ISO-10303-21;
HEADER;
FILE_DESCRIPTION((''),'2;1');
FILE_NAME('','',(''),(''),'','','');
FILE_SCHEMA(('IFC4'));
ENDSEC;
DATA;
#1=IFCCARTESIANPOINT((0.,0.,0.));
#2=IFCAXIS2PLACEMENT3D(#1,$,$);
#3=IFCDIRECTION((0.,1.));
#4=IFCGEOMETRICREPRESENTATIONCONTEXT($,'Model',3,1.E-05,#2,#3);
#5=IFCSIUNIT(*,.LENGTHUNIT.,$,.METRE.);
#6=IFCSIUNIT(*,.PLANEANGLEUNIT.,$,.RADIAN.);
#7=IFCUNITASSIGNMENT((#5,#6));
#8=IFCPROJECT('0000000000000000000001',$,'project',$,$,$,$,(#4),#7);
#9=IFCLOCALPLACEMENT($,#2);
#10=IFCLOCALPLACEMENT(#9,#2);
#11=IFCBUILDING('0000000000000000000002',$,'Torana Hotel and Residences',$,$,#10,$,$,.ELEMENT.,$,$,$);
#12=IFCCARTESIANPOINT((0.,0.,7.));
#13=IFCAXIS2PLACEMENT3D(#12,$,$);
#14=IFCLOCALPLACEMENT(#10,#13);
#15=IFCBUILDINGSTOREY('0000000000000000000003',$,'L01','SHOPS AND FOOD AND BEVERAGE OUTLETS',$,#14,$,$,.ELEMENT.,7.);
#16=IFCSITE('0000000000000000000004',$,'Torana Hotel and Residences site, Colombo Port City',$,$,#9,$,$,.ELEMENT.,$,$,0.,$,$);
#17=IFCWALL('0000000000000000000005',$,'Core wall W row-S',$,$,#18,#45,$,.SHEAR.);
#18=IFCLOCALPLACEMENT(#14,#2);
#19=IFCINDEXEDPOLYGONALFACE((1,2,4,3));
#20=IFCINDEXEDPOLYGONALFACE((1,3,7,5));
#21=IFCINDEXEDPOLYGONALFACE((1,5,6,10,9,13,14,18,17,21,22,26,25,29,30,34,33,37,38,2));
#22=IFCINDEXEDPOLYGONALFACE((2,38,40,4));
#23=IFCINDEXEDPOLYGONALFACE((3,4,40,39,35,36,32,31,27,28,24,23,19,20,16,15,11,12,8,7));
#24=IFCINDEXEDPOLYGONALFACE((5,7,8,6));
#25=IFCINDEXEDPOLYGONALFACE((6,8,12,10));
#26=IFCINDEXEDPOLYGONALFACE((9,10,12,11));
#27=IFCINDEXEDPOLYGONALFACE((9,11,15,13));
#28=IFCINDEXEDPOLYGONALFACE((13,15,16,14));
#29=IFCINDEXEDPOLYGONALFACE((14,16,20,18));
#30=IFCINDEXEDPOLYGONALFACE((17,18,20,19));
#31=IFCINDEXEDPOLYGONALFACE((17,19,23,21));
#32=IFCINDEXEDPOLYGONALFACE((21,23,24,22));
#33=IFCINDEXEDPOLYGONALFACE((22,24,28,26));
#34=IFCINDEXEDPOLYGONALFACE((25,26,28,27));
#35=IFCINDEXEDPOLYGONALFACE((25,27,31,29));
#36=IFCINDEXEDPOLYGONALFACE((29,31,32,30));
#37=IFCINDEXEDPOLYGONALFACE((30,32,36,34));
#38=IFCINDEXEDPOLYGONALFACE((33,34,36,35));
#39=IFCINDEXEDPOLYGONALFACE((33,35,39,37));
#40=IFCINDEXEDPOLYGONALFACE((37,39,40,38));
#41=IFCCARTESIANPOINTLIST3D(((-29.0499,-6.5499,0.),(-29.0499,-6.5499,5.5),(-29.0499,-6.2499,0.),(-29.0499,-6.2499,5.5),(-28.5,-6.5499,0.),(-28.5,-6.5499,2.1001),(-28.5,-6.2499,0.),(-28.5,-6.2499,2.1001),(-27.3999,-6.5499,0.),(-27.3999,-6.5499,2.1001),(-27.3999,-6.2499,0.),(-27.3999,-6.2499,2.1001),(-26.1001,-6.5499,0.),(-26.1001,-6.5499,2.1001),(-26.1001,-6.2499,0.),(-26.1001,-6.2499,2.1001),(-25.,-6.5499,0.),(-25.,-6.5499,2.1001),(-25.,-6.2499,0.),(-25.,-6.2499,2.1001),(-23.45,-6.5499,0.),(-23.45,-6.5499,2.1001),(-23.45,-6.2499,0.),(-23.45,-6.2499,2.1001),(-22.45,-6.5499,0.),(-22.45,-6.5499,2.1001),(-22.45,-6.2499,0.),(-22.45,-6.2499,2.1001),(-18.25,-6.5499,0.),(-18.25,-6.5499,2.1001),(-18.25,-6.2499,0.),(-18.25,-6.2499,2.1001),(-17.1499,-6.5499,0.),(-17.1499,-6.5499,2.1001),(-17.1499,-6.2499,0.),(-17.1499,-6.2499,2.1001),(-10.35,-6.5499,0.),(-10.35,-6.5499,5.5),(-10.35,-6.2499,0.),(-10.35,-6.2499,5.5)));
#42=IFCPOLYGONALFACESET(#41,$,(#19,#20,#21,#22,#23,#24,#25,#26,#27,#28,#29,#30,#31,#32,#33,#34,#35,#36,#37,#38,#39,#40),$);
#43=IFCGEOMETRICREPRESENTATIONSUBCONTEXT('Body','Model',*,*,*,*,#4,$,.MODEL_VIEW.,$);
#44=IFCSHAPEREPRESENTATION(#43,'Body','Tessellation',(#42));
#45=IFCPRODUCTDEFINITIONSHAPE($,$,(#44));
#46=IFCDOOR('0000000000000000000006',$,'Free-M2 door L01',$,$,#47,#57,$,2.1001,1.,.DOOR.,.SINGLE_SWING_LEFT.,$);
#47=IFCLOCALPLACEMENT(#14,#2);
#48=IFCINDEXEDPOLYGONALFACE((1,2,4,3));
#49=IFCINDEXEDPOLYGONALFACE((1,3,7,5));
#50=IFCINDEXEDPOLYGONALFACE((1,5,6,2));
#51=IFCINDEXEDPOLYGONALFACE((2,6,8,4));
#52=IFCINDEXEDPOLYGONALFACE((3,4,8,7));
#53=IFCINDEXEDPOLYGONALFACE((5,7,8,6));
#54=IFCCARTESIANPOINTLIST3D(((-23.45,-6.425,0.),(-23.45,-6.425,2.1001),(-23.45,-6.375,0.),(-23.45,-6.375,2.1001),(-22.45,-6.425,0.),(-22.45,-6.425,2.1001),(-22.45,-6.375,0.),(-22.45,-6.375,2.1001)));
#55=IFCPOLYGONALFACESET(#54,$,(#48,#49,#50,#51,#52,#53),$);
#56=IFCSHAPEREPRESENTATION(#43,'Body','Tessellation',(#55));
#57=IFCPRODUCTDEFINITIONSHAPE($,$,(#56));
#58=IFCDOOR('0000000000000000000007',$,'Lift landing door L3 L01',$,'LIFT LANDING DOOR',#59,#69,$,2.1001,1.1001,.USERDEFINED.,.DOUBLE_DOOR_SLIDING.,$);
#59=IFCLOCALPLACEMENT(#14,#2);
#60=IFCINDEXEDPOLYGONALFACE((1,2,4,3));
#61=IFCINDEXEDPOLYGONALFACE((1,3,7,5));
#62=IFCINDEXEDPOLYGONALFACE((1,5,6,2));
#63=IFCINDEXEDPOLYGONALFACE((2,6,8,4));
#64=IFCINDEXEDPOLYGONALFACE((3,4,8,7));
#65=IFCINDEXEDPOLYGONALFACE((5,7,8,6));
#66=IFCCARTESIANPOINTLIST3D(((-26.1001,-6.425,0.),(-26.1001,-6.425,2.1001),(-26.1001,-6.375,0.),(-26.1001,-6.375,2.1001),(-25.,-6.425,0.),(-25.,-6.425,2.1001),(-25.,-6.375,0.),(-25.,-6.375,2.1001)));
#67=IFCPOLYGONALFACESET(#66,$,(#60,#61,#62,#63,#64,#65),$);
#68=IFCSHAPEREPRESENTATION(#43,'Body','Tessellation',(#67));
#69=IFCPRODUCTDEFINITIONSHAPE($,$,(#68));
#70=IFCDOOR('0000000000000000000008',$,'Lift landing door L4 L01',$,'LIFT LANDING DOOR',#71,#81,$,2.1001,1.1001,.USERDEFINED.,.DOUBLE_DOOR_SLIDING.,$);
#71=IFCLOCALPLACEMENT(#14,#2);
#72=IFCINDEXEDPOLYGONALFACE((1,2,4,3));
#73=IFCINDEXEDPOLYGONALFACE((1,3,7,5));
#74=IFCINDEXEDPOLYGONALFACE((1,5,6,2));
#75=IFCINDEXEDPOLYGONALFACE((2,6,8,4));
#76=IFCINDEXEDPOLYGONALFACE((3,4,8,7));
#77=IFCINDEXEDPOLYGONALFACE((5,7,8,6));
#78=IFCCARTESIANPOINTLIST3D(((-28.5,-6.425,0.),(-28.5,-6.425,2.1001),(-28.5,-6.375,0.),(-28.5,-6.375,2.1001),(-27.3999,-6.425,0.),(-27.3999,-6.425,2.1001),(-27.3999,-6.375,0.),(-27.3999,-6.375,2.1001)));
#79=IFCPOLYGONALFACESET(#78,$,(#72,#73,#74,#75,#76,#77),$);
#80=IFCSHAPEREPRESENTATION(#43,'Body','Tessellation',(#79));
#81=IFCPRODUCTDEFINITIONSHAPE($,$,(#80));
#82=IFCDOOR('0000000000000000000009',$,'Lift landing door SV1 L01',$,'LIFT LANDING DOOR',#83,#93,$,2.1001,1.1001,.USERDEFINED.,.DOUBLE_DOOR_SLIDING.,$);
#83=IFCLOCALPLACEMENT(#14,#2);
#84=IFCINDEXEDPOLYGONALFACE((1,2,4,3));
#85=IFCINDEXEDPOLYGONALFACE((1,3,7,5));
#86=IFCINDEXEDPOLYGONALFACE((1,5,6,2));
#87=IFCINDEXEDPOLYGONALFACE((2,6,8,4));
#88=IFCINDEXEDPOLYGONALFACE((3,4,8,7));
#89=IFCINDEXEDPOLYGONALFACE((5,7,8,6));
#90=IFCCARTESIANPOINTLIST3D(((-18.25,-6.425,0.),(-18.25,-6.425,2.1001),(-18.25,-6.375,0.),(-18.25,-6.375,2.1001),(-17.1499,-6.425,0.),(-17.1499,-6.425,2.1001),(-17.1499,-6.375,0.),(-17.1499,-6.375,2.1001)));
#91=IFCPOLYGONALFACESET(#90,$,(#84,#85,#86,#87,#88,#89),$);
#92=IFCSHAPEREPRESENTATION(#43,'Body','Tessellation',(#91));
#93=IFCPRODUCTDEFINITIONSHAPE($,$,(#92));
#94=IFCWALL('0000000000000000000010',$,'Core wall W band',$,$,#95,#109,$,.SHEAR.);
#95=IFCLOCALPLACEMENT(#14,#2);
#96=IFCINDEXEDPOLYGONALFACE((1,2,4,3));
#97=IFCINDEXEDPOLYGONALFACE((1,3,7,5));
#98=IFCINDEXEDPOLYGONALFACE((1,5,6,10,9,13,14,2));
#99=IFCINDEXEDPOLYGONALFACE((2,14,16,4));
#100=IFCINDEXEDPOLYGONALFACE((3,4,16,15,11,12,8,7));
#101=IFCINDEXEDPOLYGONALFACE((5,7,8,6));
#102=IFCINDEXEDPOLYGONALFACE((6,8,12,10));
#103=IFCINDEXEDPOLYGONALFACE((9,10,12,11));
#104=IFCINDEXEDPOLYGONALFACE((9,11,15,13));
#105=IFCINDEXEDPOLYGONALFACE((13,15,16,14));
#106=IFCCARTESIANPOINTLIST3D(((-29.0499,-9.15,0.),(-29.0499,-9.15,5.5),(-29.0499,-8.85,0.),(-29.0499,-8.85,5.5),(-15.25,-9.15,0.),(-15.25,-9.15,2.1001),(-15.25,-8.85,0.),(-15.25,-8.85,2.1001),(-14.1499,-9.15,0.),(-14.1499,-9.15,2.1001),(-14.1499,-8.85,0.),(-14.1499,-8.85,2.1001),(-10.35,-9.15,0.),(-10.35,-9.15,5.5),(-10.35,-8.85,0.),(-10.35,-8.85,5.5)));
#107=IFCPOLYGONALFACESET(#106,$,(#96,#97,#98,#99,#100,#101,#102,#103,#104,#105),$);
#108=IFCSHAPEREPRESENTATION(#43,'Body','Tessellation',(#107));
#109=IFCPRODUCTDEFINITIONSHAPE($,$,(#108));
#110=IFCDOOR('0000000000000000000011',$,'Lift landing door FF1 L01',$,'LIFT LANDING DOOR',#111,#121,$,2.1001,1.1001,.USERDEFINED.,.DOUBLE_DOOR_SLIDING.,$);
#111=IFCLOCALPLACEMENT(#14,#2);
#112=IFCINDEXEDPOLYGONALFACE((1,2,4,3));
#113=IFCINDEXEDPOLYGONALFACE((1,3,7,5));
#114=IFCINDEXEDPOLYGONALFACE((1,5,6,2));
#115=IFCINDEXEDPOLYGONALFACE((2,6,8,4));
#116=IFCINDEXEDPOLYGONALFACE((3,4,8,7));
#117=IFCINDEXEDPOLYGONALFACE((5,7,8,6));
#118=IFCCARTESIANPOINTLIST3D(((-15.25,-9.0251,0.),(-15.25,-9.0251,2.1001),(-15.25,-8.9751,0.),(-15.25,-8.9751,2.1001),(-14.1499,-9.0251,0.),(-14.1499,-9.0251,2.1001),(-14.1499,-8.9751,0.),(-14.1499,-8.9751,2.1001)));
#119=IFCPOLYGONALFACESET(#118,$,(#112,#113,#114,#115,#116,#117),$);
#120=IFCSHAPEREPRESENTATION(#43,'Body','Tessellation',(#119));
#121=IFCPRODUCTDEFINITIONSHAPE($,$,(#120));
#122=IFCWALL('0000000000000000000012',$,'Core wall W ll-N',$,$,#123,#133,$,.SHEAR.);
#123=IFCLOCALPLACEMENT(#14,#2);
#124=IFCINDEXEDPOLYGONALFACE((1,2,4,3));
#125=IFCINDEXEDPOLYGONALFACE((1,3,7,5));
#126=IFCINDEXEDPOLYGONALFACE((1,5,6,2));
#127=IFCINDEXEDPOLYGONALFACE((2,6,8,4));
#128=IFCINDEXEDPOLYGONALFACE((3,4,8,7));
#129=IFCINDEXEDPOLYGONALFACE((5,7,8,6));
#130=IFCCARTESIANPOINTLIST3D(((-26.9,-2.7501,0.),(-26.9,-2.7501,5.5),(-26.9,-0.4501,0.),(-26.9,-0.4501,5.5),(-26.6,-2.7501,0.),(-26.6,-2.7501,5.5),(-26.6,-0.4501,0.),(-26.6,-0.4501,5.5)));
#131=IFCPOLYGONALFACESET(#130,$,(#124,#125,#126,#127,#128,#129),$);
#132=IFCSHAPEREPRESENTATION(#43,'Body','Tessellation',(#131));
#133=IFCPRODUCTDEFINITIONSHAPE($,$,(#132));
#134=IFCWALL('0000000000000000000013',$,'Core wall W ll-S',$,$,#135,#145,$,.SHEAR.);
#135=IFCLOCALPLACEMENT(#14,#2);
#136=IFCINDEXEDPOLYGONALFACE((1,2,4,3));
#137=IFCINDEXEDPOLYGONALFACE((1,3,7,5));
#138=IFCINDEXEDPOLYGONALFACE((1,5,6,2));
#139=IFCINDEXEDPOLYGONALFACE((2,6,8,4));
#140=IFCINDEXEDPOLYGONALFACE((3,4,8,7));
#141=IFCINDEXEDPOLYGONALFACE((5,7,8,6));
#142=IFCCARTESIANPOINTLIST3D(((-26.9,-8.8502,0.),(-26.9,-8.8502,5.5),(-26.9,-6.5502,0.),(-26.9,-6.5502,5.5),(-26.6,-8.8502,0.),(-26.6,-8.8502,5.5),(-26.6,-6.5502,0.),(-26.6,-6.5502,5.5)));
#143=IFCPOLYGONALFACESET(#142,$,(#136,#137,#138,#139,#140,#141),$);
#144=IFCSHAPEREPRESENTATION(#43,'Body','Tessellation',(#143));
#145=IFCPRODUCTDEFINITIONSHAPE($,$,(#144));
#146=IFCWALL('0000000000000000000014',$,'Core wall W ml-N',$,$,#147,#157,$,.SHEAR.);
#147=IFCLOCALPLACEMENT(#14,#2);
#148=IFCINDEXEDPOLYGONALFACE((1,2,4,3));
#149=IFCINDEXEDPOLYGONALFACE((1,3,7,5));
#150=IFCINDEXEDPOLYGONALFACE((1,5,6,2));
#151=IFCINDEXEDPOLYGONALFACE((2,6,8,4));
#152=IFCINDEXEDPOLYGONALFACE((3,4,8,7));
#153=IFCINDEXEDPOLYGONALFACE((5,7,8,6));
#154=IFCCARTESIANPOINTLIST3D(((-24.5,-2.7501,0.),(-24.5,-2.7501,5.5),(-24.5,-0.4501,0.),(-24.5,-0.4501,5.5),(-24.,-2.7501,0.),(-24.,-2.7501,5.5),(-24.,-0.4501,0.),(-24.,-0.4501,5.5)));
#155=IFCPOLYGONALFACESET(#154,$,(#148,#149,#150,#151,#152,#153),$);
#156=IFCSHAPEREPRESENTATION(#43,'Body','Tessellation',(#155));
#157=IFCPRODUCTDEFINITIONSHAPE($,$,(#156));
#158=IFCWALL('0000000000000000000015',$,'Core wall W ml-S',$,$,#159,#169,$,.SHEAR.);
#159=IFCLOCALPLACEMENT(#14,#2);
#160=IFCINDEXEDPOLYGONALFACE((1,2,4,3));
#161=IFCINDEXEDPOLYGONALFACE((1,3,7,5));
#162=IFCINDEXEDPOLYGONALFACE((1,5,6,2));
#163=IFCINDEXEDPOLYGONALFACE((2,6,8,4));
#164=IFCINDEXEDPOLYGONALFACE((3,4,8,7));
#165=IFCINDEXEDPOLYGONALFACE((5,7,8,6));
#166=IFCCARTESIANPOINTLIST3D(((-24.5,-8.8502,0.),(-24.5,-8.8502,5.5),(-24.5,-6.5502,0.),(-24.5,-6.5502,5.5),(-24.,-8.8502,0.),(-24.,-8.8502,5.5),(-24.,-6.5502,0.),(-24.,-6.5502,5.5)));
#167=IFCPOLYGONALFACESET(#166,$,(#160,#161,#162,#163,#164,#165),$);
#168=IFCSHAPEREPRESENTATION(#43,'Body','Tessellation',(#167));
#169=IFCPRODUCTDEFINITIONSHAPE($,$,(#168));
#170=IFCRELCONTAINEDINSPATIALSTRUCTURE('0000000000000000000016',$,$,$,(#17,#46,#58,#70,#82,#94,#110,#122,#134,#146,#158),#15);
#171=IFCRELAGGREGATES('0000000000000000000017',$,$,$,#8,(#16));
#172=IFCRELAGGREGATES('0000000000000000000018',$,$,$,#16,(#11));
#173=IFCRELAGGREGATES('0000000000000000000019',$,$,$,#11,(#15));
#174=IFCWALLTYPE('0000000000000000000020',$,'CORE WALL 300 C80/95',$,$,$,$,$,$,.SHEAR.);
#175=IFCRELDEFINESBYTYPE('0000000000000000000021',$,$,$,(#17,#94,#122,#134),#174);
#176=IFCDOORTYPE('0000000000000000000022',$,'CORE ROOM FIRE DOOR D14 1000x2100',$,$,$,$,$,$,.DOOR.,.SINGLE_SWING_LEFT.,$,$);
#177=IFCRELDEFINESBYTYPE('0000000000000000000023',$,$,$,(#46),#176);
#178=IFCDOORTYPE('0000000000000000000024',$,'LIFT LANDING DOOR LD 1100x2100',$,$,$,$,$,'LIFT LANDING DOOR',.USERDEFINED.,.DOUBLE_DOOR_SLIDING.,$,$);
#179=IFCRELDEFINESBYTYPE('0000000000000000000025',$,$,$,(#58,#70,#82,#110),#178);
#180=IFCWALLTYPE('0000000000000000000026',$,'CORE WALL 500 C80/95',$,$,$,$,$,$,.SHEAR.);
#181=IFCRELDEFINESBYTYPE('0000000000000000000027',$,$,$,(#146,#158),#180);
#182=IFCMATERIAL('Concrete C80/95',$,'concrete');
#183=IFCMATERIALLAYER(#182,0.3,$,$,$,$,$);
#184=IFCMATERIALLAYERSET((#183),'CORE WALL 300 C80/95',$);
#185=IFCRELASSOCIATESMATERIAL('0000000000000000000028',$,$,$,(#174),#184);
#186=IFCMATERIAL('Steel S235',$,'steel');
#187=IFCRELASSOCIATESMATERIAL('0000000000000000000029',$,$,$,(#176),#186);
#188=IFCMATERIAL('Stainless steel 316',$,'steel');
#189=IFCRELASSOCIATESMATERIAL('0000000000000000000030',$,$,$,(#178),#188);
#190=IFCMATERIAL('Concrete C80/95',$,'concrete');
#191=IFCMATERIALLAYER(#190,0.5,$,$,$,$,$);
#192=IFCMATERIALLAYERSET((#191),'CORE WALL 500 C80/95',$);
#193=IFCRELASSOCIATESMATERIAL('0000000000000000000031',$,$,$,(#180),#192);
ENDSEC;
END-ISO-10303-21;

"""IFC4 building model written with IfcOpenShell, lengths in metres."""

from ifc_helpers import new_model, si_unit, direction, frame, frame_2d, origin, place, context, subcontext, project, spatial, rectangle, extrude, material, layer, layer_set, type_object, element, fill, save


model = new_model("IFC4")

# Units and contexts
model_context = context("Model", 3, precision=1e-05, world=origin(), true_north=direction((0.0, 1.0)))
body_context = subcontext(model_context, "Body", "Model", "MODEL_VIEW")
ifc_project = project(units=[si_unit("LENGTHUNIT", "METRE"), si_unit("PLANEANGLEUNIT", "RADIAN")], contexts=[model_context])

# Site, building, storey
site_placement = place(None, origin())
site = spatial("IfcSite", under=ifc_project, at=site_placement, Name="Torana Hotel and Residences site, Colombo Port City", CompositionType="ELEMENT", RefElevation=0.0)
building_placement = place(site_placement, origin())
building = spatial("IfcBuilding", under=site, at=building_placement, Name="Torana Hotel and Residences", CompositionType="ELEMENT")
storey_placement = place(building_placement, frame((0.0, 0.0, 7.0)))
storey = spatial("IfcBuildingStorey", under=building, at=storey_placement, Name="L01", Description="SHOPS AND FOOD AND BEVERAGE OUTLETS", CompositionType="ELEMENT", Elevation=7.0)

# Wall, openings, doors
ifc_material_1 = material(Name="Concrete C80/95", Category="concrete")
ifc_layer_1 = layer(ifc_material_1, 0.3)
ifc_layer_set_1 = layer_set([ifc_layer_1], Name="CORE WALL 300 C80/95")
wall_type_1 = type_object("IfcWallType", Name="CORE WALL 300 C80/95", PredefinedType="SHEAR", material=ifc_layer_set_1)
ifc_material_2 = material(Name="Steel S235", Category="steel")
door_type_1 = type_object("IfcDoorType", Name="CORE ROOM FIRE DOOR D14 1000x2100", OperationType="SINGLE_SWING_LEFT", PredefinedType="DOOR", material=ifc_material_2)
ifc_material_3 = material(Name="Stainless steel 316", Category="steel")
door_type_2 = type_object("IfcDoorType", Name="LIFT LANDING DOOR LD 1100x2100", ElementType="LIFT LANDING DOOR", OperationType="DOUBLE_DOOR_SLIDING", PredefinedType="USERDEFINED", material=ifc_material_3)
wall_1_placement = place(storey_placement, frame((-29.05, -6.3999, 0.0), z_axis=(0.0, 0.0, 1.0), x_axis=(1.0, 0.0, 0.0)))
wall_1 = element("IfcWall", 1, at=wall_1_placement, inside=storey, type_object=wall_type_1, Name="Core wall W row-S", PredefinedType="SHEAR", context=body_context, shape_type="SweptSolid", body=[
    extrude(rectangle(XDim=18.7, YDim=0.3, at=frame_2d((9.3501, 0.0))), origin(), (0.0, 0.0, 1.0), 5.5),
])
opening_1_placement = place(wall_1_placement, frame((2.95, 0.0, 0.0)))
opening_1 = element("IfcOpeningElement", 2, at=opening_1_placement, cuts=wall_1, PredefinedType="OPENING", context=body_context, shape_type="SweptSolid", body=[
    extrude(rectangle(XDim=1.1001, YDim=2.1001, at=frame_2d((0.55, 1.05))), frame((0.0, 0.1599, 0.0), z_axis=(0.0, -1.0, 0.0), x_axis=(1.0, 0.0, 0.0)), (0.0, 0.0, 1.0), 0.3201),
])
opening_2_placement = place(wall_1_placement, frame((0.55, 0.0, 0.0)))
opening_2 = element("IfcOpeningElement", 3, at=opening_2_placement, cuts=wall_1, PredefinedType="OPENING", context=body_context, shape_type="SweptSolid", body=[
    extrude(rectangle(XDim=1.1001, YDim=2.1001, at=frame_2d((0.55, 1.05))), frame((0.0, 0.1599, 0.0), z_axis=(0.0, -1.0, 0.0), x_axis=(1.0, 0.0, 0.0)), (0.0, 0.0, 1.0), 0.3201),
])
opening_3_placement = place(wall_1_placement, frame((10.8, 0.0, 0.0)))
opening_3 = element("IfcOpeningElement", 4, at=opening_3_placement, cuts=wall_1, PredefinedType="OPENING", context=body_context, shape_type="SweptSolid", body=[
    extrude(rectangle(XDim=1.1001, YDim=2.1001, at=frame_2d((0.55, 1.05))), frame((0.0, 0.1599, 0.0), z_axis=(0.0, -1.0, 0.0), x_axis=(1.0, 0.0, 0.0)), (0.0, 0.0, 1.0), 0.3201),
])
opening_4_placement = place(wall_1_placement, frame((5.6001, 0.0, 0.0)))
opening_4 = element("IfcOpeningElement", 5, at=opening_4_placement, cuts=wall_1, PredefinedType="OPENING", context=body_context, shape_type="SweptSolid", body=[
    extrude(rectangle(XDim=1.0, YDim=2.1001, at=frame_2d((0.5, 1.05))), frame((0.0, 0.1599, 0.0), z_axis=(0.0, -1.0, 0.0), x_axis=(1.0, 0.0, 0.0)), (0.0, 0.0, 1.0), 0.3201),
])
door_1_placement = place(opening_4_placement, frame((0.5, 0.0, 0.0), z_axis=(0.0, 0.0, 1.0), x_axis=(-1.0, 0.0, 0.0)))
door_1 = element("IfcDoor", 6, at=door_1_placement, inside=storey, type_object=door_type_1, Name="Free-M2 door L01", OperationType="SINGLE_SWING_LEFT", OverallHeight=2.1001, OverallWidth=1.0, PredefinedType="DOOR", context=body_context, shape_type="SweptSolid", body=[
    extrude(rectangle(XDim=1.0, YDim=2.1001, at=frame_2d((0.0, 1.05))), frame((0.0, -0.0249, 0.0), z_axis=(0.0, 1.0, 0.0), x_axis=(-1.0, 0.0, 0.0)), (0.0, 0.0, 1.0), 0.05),
])
fill(opening_4, door_1)
door_2_placement = place(opening_1_placement, origin())
door_2 = element("IfcDoor", 7, at=door_2_placement, inside=storey, type_object=door_type_2, Name="Lift landing door L3 L01", ObjectType="LIFT LANDING DOOR", OperationType="DOUBLE_DOOR_SLIDING", OverallHeight=2.1001, OverallWidth=1.1001, PredefinedType="USERDEFINED", context=body_context, shape_type="SweptSolid", body=[
    extrude(rectangle(XDim=1.1001, YDim=2.1001, at=frame_2d((0.55, 1.05))), frame((0.0, 0.0249, 0.0), z_axis=(0.0, -1.0, 0.0), x_axis=(1.0, 0.0, 0.0)), (0.0, 0.0, 1.0), 0.05),
])
fill(opening_1, door_2)
door_3_placement = place(opening_2_placement, origin())
door_3 = element("IfcDoor", 8, at=door_3_placement, inside=storey, type_object=door_type_2, Name="Lift landing door L4 L01", ObjectType="LIFT LANDING DOOR", OperationType="DOUBLE_DOOR_SLIDING", OverallHeight=2.1001, OverallWidth=1.1001, PredefinedType="USERDEFINED", context=body_context, shape_type="SweptSolid", body=[
    extrude(rectangle(XDim=1.1001, YDim=2.1001, at=frame_2d((0.55, 1.05))), frame((0.0, 0.0249, 0.0), z_axis=(0.0, -1.0, 0.0), x_axis=(1.0, 0.0, 0.0)), (0.0, 0.0, 1.0), 0.05),
])
fill(opening_2, door_3)
door_4_placement = place(opening_3_placement, origin())
door_4 = element("IfcDoor", 9, at=door_4_placement, inside=storey, type_object=door_type_2, Name="Lift landing door SV1 L01", ObjectType="LIFT LANDING DOOR", OperationType="DOUBLE_DOOR_SLIDING", OverallHeight=2.1001, OverallWidth=1.1001, PredefinedType="USERDEFINED", context=body_context, shape_type="SweptSolid", body=[
    extrude(rectangle(XDim=1.1001, YDim=2.1001, at=frame_2d((0.55, 1.05))), frame((0.0, 0.0249, 0.0), z_axis=(0.0, -1.0, 0.0), x_axis=(1.0, 0.0, 0.0)), (0.0, 0.0, 1.0), 0.05),
])
fill(opening_3, door_4)

# Wall, opening, door
wall_2_placement = place(storey_placement, frame((-29.05, -9.0, 0.0), z_axis=(0.0, 0.0, 1.0), x_axis=(1.0, 0.0, 0.0)))
wall_2 = element("IfcWall", 10, at=wall_2_placement, inside=storey, type_object=wall_type_1, Name="Core wall W band", PredefinedType="SHEAR", context=body_context, shape_type="SweptSolid", body=[
    extrude(rectangle(XDim=18.7, YDim=0.3, at=frame_2d((9.3501, 0.0))), origin(), (0.0, 0.0, 1.0), 5.5),
])
opening_5_placement = place(wall_2_placement, frame((13.8, 0.0, 0.0)))
opening_5 = element("IfcOpeningElement", 11, at=opening_5_placement, cuts=wall_2, PredefinedType="OPENING", context=body_context, shape_type="SweptSolid", body=[
    extrude(rectangle(XDim=1.1001, YDim=2.1001, at=frame_2d((0.55, 1.05))), frame((0.0, 0.1599, 0.0), z_axis=(0.0, -1.0, 0.0), x_axis=(1.0, 0.0, 0.0)), (0.0, 0.0, 1.0), 0.3201),
])
door_5_placement = place(opening_5_placement, origin())
door_5 = element("IfcDoor", 12, at=door_5_placement, inside=storey, type_object=door_type_2, Name="Lift landing door FF1 L01", ObjectType="LIFT LANDING DOOR", OperationType="DOUBLE_DOOR_SLIDING", OverallHeight=2.1001, OverallWidth=1.1001, PredefinedType="USERDEFINED", context=body_context, shape_type="SweptSolid", body=[
    extrude(rectangle(XDim=1.1001, YDim=2.1001, at=frame_2d((0.55, 1.05))), frame((0.0, 0.0249, 0.0), z_axis=(0.0, -1.0, 0.0), x_axis=(1.0, 0.0, 0.0)), (0.0, 0.0, 1.0), 0.05),
])
fill(opening_5, door_5)

# Walls
for number, where, z_axis, x_axis, name in (
    (13, (-26.75, -2.75, 0.0), (0.0, 0.0, 1.0), (0.0, 1.0, 0.0), "Core wall W ll-N"),
    (14, (-26.75, -8.8501, 0.0), (0.0, 0.0, 1.0), (0.0, 1.0, 0.0), "Core wall W ll-S"),
):
    element("IfcWall", number, at=place(storey_placement, frame(where, z_axis=z_axis, x_axis=x_axis)), inside=storey, type_object=wall_type_1, Name=name, PredefinedType="SHEAR", context=body_context, shape_type="SweptSolid", body=[
        extrude(rectangle(XDim=2.3, YDim=0.3, at=frame_2d((1.1499, 0.0))), origin(), (0.0, 0.0, 1.0), 5.5),
    ])
ifc_material_4 = material(Name="Concrete C80/95", Category="concrete")
ifc_layer_2 = layer(ifc_material_4, 0.5)
ifc_layer_set_2 = layer_set([ifc_layer_2], Name="CORE WALL 500 C80/95")
wall_type_2 = type_object("IfcWallType", Name="CORE WALL 500 C80/95", PredefinedType="SHEAR", material=ifc_layer_set_2)
for number, where, z_axis, x_axis, name in (
    (15, (-24.25, -2.75, 0.0), (0.0, 0.0, 1.0), (0.0, 1.0, 0.0), "Core wall W ml-N"),
    (16, (-24.25, -8.8501, 0.0), (0.0, 0.0, 1.0), (0.0, 1.0, 0.0), "Core wall W ml-S"),
):
    element("IfcWall", number, at=place(storey_placement, frame(where, z_axis=z_axis, x_axis=x_axis)), inside=storey, type_object=wall_type_2, Name=name, PredefinedType="SHEAR", context=body_context, shape_type="SweptSolid", body=[
        extrude(rectangle(XDim=2.3, YDim=0.5, at=frame_2d((1.1499, 0.0))), origin(), (0.0, 0.0, 1.0), 5.5),
    ])

save(model, "model.ifc")
